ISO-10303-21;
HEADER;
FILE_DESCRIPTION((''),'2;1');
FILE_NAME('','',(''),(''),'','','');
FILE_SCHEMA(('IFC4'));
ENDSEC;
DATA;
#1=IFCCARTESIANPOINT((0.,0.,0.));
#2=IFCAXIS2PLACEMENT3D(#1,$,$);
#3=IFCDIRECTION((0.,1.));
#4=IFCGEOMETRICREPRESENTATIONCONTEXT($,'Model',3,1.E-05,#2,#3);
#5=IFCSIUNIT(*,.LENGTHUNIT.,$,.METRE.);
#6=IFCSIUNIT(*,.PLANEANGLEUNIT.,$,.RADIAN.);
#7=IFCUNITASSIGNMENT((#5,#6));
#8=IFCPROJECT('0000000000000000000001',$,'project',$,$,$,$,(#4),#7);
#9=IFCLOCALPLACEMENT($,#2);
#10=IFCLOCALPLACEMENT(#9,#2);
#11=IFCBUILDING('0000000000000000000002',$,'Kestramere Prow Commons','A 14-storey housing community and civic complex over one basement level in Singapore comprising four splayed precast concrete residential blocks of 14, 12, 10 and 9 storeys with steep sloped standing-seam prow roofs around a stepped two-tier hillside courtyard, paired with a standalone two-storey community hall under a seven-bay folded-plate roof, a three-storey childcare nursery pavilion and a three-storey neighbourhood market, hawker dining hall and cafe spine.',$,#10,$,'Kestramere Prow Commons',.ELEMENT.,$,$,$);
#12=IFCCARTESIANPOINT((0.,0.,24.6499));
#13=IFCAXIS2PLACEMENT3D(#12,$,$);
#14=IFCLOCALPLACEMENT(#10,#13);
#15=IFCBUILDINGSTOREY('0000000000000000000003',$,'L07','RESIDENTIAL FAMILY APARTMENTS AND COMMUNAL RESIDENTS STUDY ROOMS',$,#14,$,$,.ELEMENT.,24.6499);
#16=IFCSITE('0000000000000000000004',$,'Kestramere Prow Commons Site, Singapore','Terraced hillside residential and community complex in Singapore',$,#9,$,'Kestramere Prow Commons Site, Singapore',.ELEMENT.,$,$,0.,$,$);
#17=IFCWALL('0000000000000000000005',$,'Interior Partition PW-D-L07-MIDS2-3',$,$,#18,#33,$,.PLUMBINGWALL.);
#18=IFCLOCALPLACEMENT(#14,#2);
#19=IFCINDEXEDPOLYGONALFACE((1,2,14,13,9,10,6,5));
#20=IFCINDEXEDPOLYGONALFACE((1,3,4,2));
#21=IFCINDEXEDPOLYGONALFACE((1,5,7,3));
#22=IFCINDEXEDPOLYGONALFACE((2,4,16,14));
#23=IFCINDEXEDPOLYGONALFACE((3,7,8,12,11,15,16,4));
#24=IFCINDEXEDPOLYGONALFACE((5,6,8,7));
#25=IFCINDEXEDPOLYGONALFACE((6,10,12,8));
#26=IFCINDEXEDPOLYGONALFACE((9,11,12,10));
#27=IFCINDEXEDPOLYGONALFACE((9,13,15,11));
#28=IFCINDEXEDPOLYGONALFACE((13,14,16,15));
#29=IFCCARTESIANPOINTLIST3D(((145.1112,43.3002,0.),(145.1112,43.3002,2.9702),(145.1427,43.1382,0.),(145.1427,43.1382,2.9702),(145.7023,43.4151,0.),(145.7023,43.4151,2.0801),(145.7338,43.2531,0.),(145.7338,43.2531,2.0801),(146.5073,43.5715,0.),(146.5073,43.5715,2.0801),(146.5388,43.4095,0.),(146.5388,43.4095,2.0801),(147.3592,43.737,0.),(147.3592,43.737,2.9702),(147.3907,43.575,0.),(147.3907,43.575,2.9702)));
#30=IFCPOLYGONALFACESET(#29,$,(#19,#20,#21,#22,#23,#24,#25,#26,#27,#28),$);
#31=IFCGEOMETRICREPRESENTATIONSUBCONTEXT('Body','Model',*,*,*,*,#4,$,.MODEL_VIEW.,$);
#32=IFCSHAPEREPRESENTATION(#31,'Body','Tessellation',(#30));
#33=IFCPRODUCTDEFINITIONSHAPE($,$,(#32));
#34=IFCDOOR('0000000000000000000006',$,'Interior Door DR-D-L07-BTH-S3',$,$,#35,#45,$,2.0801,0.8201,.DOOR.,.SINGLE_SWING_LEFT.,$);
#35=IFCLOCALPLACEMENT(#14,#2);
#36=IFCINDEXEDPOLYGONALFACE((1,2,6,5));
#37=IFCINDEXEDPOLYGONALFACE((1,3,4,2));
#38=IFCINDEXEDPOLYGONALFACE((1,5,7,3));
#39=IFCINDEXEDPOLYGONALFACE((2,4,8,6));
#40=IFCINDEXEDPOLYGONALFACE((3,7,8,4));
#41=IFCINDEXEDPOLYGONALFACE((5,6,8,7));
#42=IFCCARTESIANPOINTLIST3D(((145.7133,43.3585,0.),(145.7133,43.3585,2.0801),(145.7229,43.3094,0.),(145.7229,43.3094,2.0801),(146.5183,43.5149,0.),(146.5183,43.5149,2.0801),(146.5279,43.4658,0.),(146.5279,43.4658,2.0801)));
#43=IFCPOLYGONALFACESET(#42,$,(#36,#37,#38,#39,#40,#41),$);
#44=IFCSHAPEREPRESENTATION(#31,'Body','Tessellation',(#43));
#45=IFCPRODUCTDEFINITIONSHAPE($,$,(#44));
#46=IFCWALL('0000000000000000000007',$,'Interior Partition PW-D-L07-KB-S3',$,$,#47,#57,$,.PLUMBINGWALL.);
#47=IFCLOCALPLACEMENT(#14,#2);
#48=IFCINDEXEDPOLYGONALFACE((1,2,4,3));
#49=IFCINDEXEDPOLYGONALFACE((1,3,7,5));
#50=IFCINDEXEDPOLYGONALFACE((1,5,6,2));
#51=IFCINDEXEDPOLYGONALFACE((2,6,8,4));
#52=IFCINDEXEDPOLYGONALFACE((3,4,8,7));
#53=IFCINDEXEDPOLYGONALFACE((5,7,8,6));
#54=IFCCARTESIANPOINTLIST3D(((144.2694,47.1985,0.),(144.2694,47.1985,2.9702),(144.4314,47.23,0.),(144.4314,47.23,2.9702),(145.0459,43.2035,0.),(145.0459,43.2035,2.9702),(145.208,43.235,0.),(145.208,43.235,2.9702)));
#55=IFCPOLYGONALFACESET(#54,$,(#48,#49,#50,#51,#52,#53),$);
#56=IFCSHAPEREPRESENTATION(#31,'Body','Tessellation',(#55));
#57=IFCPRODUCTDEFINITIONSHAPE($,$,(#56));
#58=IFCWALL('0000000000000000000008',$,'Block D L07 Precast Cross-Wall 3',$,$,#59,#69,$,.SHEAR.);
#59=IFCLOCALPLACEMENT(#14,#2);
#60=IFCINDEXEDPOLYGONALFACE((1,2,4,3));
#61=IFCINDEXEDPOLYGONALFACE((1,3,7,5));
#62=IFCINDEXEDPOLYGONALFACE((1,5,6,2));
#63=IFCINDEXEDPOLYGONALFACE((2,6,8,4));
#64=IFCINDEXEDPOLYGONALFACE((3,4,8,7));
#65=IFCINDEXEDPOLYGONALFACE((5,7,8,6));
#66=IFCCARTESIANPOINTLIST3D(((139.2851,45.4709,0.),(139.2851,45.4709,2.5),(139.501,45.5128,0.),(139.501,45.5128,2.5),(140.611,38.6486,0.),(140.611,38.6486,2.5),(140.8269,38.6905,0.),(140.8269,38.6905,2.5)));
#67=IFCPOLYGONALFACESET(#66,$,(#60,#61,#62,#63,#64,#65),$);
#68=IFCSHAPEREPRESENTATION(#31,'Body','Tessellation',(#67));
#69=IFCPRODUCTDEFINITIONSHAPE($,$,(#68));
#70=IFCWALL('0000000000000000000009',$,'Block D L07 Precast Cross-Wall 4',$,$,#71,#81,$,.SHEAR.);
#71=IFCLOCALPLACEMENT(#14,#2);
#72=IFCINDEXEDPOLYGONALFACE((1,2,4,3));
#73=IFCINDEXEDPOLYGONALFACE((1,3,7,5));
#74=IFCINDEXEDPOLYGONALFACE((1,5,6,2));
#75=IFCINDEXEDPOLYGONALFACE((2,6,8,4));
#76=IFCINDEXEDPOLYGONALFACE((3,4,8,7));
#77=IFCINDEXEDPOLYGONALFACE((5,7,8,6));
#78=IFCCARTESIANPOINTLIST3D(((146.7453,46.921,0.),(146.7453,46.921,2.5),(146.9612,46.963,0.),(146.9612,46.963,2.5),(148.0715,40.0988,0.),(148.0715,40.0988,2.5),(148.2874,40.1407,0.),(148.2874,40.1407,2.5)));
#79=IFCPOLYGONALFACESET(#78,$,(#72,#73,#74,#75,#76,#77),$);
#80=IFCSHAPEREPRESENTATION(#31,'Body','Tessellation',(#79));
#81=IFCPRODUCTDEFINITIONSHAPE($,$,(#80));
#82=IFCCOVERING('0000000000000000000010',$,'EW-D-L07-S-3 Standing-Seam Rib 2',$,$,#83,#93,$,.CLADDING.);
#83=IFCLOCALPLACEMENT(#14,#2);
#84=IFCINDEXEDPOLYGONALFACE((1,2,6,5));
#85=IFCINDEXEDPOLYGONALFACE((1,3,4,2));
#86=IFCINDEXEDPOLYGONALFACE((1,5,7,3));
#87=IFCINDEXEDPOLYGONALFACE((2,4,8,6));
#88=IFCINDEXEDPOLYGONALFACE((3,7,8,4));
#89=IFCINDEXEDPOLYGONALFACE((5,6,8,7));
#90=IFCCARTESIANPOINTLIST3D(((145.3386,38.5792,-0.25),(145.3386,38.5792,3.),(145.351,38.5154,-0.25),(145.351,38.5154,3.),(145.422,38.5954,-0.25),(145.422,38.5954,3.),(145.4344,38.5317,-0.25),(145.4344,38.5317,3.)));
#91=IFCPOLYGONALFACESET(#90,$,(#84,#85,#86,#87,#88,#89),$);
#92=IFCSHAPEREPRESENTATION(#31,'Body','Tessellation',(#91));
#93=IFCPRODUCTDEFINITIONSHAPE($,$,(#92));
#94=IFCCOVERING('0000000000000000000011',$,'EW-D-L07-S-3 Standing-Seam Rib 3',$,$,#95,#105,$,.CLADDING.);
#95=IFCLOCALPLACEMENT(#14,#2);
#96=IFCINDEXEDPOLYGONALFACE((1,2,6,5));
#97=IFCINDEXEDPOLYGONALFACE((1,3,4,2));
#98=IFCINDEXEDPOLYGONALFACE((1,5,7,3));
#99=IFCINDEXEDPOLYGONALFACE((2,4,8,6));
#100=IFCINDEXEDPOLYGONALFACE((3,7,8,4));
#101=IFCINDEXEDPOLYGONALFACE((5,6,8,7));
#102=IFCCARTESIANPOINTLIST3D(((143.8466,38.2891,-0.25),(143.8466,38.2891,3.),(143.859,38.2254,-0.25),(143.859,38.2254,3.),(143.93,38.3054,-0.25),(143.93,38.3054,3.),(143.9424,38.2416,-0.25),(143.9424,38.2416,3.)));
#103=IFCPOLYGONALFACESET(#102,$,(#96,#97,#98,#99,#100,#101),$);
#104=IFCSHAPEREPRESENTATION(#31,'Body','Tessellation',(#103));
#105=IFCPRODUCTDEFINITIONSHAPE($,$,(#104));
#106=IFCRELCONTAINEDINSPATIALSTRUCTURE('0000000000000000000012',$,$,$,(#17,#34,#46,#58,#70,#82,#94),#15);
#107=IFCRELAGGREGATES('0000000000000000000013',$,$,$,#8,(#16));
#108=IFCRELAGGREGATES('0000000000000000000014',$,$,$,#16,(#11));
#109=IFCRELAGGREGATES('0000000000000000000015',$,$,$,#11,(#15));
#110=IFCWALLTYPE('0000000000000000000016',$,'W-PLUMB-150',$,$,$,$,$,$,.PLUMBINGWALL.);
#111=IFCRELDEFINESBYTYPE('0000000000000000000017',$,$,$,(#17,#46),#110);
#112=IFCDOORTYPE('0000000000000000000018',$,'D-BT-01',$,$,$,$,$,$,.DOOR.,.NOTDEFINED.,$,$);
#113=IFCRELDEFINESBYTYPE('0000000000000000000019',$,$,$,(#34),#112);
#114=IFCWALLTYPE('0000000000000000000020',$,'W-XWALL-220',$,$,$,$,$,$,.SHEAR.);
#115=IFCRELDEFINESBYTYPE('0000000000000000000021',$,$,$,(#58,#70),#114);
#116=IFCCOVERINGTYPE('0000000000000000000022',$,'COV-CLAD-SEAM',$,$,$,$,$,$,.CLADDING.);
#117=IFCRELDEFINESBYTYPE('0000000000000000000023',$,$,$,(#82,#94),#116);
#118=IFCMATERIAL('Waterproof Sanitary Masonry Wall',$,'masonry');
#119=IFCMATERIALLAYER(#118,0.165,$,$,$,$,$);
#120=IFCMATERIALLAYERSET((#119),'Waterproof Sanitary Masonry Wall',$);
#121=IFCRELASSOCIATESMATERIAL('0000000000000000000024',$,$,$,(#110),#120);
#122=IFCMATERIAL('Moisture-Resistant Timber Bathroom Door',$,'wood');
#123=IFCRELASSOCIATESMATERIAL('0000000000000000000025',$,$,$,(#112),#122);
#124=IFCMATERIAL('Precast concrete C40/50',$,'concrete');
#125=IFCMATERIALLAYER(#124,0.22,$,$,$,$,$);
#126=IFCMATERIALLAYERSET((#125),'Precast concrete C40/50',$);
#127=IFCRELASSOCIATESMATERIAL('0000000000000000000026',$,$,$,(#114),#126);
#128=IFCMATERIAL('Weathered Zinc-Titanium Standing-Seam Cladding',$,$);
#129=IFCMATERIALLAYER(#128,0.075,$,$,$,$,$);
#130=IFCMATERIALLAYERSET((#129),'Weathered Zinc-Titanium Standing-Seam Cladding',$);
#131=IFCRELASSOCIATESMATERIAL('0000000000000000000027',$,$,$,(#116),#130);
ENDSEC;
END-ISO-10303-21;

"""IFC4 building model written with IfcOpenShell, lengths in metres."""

from ifc_helpers import new_model, si_unit, direction, frame, frame_2d, origin, origin_2d, place, context, subcontext, project, spatial, rectangle, extrude, material, layer, layer_set, type_object, element, fill, save


model = new_model("IFC4")

# Units and contexts
model_context = context("Model", 3, precision=1e-05, world=origin(), true_north=direction((0.0, 1.0)))
body_context = subcontext(model_context, "Body", "Model", "MODEL_VIEW")
ifc_project = project(units=[si_unit("LENGTHUNIT", "METRE"), si_unit("PLANEANGLEUNIT", "RADIAN")], contexts=[model_context])

# Site, building, storey
site_placement = place(None, origin())
site = spatial("IfcSite", under=ifc_project, at=site_placement, Name="Kestramere Prow Commons Site, Singapore", Description="Terraced hillside residential and community complex in Singapore", LongName="Kestramere Prow Commons Site, Singapore", CompositionType="ELEMENT", RefElevation=0.0)
building_placement = place(site_placement, origin())
building = spatial("IfcBuilding", under=site, at=building_placement, Name="Kestramere Prow Commons", Description="A 14-storey housing community and civic complex over one basement level in Singapore comprising four splayed precast concrete residential blocks of 14, 12, 10 and 9 storeys with steep sloped standing-seam prow roofs around a stepped two-tier hillside courtyard, paired with a standalone two-storey community hall under a seven-bay folded-plate roof, a three-storey childcare nursery pavilion and a three-storey neighbourhood market, hawker dining hall and cafe spine.", LongName="Kestramere Prow Commons", CompositionType="ELEMENT")
storey_placement = place(building_placement, frame((0.0, 0.0, 24.6499)))
storey = spatial("IfcBuildingStorey", under=building, at=storey_placement, Name="L07", Description="RESIDENTIAL FAMILY APARTMENTS AND COMMUNAL RESIDENTS STUDY ROOMS", CompositionType="ELEMENT", Elevation=24.6499)

# Shared definitions
ifc_material_1 = material(Name="Precast concrete C40/50", Category="concrete")

# Wall, opening, door
ifc_material_2 = material(Name="Waterproof Sanitary Masonry Wall", Category="masonry")
ifc_layer_1 = layer(ifc_material_2, 0.165)
ifc_layer_set_1 = layer_set([ifc_layer_1], Name="Waterproof Sanitary Masonry Wall")
wall_type_1 = type_object("IfcWallType", Name="W-PLUMB-150", PredefinedType="PLUMBINGWALL", material=ifc_layer_set_1)
wall_1_placement = place(storey_placement, frame((145.127, 43.2192, 0.0), z_axis=(0.0, 0.0, 1.0), x_axis=(0.981644, 0.190721, 0.0)))
wall_1 = element("IfcWall", 1, at=wall_1_placement, inside=storey, type_object=wall_type_1, Name="Interior Partition PW-D-L07-MIDS2-3", PredefinedType="PLUMBINGWALL", context=body_context, shape_type="SweptSolid", body=[
    extrude(rectangle(XDim=2.29, YDim=0.165, at=frame_2d((1.145, 0.0))), origin(), (0.0, 0.0, 1.0), 2.9702),
])
opening_1_placement = place(wall_1_placement, frame((0.6021, 0.0, 0.0)))
opening_1 = element("IfcOpeningElement", 2, at=opening_1_placement, cuts=wall_1, PredefinedType="OPENING", context=body_context, shape_type="SweptSolid", body=[
    extrude(rectangle(XDim=0.8201, YDim=2.0801, at=frame_2d((0.4102, 1.04))), frame((0.0, 0.0974, 0.0), z_axis=(0.0, -1.0, 0.0), x_axis=(1.0, 0.0, 0.0)), (0.0, 0.0, 1.0), 0.1951),
])
ifc_material_3 = material(Name="Moisture-Resistant Timber Bathroom Door", Category="wood")
door_type_1 = type_object("IfcDoorType", Name="D-BT-01", OperationType="NOTDEFINED", PredefinedType="DOOR", material=ifc_material_3)
door_1_placement = place(opening_1_placement, origin())
door_1 = element("IfcDoor", 3, at=door_1_placement, inside=storey, type_object=door_type_1, Name="Interior Door DR-D-L07-BTH-S3", OperationType="SINGLE_SWING_LEFT", OverallHeight=2.0801, OverallWidth=0.8201, PredefinedType="DOOR", context=body_context, shape_type="SweptSolid", body=[
    extrude(rectangle(XDim=0.8201, YDim=2.0801, at=frame_2d((0.4102, 1.04))), frame((0.0, 0.0249, 0.0), z_axis=(0.0, -1.0, 0.0), x_axis=(1.0, 0.0, 0.0)), (0.0, 0.0, 1.0), 0.05),
])
fill(opening_1, door_1)

# Walls
wall_2_placement = place(storey_placement, frame((145.127, 43.2192, 0.0), z_axis=(0.0, 0.0, 1.0), x_axis=(-0.190818, 0.981625, 0.0)))
element("IfcWall", 4, at=wall_2_placement, inside=storey, type_object=wall_type_1, Name="Interior Partition PW-D-L07-KB-S3", PredefinedType="PLUMBINGWALL", context=body_context, shape_type="SweptSolid", body=[
    extrude(rectangle(XDim=4.0698, YDim=0.165, at=frame_2d((2.0349, 0.0))), origin(), (0.0, 0.0, 1.0), 2.9702),
])
ifc_layer_2 = layer(ifc_material_1, 0.22)
ifc_layer_set_2 = layer_set([ifc_layer_2], Name="Precast concrete C40/50")
wall_type_2 = type_object("IfcWallType", Name="W-XWALL-220", PredefinedType="SHEAR", material=ifc_layer_set_2)
for number, where, z_axis, x_axis, name in (
    (5, (140.719, 38.6694, 0.0), (0.0, 0.0, 1.0), (-0.190783, 0.981632, 0.0), "Block D L07 Precast Cross-Wall 3"),
    (6, (148.1794, 40.1196, 0.0), (0.0, 0.0, 1.0), (-0.190817, 0.981626, 0.0), "Block D L07 Precast Cross-Wall 4"),
):
    element("IfcWall", number, at=place(storey_placement, frame(where, z_axis=z_axis, x_axis=x_axis)), inside=storey, type_object=wall_type_2, Name=name, PredefinedType="SHEAR", context=body_context, shape_type="SweptSolid", body=[
        extrude(rectangle(XDim=6.95, YDim=0.22, at=frame_2d((3.4751, 0.0))), origin(), (0.0, 0.0, 1.0), 2.5),
    ])

# Coverings
ifc_material_4 = material(Name="Weathered Zinc-Titanium Standing-Seam Cladding")
ifc_layer_3 = layer(ifc_material_4, 0.075)
ifc_layer_set_3 = layer_set([ifc_layer_3], Name="Weathered Zinc-Titanium Standing-Seam Cladding")
covering_type = type_object("IfcCoveringType", Name="COV-CLAD-SEAM", PredefinedType="CLADDING", material=ifc_layer_set_3)
for number, where, z_axis, x_axis, name in (
    (7, (145.3865, 38.5554, -0.25), (0.0, 0.0, 1.0), (-0.981627, -0.190809, 0.0), "EW-D-L07-S-3 Standing-Seam Rib 2"),
    (8, (143.8945, 38.2654, -0.25), (0.0, 0.0, 1.0), (-0.981627, -0.190809, 0.0), "EW-D-L07-S-3 Standing-Seam Rib 3"),
):
    element("IfcCovering", number, at=place(storey_placement, frame(where, z_axis=z_axis, x_axis=x_axis)), inside=storey, type_object=covering_type, Name=name, PredefinedType="CLADDING", context=body_context, shape_type="SweptSolid", body=[
        extrude(rectangle(XDim=0.085, YDim=0.0649, at=origin_2d()), origin(), (0.0, 0.0, 1.0), 3.25),
    ])

save(model, "model.ifc")
